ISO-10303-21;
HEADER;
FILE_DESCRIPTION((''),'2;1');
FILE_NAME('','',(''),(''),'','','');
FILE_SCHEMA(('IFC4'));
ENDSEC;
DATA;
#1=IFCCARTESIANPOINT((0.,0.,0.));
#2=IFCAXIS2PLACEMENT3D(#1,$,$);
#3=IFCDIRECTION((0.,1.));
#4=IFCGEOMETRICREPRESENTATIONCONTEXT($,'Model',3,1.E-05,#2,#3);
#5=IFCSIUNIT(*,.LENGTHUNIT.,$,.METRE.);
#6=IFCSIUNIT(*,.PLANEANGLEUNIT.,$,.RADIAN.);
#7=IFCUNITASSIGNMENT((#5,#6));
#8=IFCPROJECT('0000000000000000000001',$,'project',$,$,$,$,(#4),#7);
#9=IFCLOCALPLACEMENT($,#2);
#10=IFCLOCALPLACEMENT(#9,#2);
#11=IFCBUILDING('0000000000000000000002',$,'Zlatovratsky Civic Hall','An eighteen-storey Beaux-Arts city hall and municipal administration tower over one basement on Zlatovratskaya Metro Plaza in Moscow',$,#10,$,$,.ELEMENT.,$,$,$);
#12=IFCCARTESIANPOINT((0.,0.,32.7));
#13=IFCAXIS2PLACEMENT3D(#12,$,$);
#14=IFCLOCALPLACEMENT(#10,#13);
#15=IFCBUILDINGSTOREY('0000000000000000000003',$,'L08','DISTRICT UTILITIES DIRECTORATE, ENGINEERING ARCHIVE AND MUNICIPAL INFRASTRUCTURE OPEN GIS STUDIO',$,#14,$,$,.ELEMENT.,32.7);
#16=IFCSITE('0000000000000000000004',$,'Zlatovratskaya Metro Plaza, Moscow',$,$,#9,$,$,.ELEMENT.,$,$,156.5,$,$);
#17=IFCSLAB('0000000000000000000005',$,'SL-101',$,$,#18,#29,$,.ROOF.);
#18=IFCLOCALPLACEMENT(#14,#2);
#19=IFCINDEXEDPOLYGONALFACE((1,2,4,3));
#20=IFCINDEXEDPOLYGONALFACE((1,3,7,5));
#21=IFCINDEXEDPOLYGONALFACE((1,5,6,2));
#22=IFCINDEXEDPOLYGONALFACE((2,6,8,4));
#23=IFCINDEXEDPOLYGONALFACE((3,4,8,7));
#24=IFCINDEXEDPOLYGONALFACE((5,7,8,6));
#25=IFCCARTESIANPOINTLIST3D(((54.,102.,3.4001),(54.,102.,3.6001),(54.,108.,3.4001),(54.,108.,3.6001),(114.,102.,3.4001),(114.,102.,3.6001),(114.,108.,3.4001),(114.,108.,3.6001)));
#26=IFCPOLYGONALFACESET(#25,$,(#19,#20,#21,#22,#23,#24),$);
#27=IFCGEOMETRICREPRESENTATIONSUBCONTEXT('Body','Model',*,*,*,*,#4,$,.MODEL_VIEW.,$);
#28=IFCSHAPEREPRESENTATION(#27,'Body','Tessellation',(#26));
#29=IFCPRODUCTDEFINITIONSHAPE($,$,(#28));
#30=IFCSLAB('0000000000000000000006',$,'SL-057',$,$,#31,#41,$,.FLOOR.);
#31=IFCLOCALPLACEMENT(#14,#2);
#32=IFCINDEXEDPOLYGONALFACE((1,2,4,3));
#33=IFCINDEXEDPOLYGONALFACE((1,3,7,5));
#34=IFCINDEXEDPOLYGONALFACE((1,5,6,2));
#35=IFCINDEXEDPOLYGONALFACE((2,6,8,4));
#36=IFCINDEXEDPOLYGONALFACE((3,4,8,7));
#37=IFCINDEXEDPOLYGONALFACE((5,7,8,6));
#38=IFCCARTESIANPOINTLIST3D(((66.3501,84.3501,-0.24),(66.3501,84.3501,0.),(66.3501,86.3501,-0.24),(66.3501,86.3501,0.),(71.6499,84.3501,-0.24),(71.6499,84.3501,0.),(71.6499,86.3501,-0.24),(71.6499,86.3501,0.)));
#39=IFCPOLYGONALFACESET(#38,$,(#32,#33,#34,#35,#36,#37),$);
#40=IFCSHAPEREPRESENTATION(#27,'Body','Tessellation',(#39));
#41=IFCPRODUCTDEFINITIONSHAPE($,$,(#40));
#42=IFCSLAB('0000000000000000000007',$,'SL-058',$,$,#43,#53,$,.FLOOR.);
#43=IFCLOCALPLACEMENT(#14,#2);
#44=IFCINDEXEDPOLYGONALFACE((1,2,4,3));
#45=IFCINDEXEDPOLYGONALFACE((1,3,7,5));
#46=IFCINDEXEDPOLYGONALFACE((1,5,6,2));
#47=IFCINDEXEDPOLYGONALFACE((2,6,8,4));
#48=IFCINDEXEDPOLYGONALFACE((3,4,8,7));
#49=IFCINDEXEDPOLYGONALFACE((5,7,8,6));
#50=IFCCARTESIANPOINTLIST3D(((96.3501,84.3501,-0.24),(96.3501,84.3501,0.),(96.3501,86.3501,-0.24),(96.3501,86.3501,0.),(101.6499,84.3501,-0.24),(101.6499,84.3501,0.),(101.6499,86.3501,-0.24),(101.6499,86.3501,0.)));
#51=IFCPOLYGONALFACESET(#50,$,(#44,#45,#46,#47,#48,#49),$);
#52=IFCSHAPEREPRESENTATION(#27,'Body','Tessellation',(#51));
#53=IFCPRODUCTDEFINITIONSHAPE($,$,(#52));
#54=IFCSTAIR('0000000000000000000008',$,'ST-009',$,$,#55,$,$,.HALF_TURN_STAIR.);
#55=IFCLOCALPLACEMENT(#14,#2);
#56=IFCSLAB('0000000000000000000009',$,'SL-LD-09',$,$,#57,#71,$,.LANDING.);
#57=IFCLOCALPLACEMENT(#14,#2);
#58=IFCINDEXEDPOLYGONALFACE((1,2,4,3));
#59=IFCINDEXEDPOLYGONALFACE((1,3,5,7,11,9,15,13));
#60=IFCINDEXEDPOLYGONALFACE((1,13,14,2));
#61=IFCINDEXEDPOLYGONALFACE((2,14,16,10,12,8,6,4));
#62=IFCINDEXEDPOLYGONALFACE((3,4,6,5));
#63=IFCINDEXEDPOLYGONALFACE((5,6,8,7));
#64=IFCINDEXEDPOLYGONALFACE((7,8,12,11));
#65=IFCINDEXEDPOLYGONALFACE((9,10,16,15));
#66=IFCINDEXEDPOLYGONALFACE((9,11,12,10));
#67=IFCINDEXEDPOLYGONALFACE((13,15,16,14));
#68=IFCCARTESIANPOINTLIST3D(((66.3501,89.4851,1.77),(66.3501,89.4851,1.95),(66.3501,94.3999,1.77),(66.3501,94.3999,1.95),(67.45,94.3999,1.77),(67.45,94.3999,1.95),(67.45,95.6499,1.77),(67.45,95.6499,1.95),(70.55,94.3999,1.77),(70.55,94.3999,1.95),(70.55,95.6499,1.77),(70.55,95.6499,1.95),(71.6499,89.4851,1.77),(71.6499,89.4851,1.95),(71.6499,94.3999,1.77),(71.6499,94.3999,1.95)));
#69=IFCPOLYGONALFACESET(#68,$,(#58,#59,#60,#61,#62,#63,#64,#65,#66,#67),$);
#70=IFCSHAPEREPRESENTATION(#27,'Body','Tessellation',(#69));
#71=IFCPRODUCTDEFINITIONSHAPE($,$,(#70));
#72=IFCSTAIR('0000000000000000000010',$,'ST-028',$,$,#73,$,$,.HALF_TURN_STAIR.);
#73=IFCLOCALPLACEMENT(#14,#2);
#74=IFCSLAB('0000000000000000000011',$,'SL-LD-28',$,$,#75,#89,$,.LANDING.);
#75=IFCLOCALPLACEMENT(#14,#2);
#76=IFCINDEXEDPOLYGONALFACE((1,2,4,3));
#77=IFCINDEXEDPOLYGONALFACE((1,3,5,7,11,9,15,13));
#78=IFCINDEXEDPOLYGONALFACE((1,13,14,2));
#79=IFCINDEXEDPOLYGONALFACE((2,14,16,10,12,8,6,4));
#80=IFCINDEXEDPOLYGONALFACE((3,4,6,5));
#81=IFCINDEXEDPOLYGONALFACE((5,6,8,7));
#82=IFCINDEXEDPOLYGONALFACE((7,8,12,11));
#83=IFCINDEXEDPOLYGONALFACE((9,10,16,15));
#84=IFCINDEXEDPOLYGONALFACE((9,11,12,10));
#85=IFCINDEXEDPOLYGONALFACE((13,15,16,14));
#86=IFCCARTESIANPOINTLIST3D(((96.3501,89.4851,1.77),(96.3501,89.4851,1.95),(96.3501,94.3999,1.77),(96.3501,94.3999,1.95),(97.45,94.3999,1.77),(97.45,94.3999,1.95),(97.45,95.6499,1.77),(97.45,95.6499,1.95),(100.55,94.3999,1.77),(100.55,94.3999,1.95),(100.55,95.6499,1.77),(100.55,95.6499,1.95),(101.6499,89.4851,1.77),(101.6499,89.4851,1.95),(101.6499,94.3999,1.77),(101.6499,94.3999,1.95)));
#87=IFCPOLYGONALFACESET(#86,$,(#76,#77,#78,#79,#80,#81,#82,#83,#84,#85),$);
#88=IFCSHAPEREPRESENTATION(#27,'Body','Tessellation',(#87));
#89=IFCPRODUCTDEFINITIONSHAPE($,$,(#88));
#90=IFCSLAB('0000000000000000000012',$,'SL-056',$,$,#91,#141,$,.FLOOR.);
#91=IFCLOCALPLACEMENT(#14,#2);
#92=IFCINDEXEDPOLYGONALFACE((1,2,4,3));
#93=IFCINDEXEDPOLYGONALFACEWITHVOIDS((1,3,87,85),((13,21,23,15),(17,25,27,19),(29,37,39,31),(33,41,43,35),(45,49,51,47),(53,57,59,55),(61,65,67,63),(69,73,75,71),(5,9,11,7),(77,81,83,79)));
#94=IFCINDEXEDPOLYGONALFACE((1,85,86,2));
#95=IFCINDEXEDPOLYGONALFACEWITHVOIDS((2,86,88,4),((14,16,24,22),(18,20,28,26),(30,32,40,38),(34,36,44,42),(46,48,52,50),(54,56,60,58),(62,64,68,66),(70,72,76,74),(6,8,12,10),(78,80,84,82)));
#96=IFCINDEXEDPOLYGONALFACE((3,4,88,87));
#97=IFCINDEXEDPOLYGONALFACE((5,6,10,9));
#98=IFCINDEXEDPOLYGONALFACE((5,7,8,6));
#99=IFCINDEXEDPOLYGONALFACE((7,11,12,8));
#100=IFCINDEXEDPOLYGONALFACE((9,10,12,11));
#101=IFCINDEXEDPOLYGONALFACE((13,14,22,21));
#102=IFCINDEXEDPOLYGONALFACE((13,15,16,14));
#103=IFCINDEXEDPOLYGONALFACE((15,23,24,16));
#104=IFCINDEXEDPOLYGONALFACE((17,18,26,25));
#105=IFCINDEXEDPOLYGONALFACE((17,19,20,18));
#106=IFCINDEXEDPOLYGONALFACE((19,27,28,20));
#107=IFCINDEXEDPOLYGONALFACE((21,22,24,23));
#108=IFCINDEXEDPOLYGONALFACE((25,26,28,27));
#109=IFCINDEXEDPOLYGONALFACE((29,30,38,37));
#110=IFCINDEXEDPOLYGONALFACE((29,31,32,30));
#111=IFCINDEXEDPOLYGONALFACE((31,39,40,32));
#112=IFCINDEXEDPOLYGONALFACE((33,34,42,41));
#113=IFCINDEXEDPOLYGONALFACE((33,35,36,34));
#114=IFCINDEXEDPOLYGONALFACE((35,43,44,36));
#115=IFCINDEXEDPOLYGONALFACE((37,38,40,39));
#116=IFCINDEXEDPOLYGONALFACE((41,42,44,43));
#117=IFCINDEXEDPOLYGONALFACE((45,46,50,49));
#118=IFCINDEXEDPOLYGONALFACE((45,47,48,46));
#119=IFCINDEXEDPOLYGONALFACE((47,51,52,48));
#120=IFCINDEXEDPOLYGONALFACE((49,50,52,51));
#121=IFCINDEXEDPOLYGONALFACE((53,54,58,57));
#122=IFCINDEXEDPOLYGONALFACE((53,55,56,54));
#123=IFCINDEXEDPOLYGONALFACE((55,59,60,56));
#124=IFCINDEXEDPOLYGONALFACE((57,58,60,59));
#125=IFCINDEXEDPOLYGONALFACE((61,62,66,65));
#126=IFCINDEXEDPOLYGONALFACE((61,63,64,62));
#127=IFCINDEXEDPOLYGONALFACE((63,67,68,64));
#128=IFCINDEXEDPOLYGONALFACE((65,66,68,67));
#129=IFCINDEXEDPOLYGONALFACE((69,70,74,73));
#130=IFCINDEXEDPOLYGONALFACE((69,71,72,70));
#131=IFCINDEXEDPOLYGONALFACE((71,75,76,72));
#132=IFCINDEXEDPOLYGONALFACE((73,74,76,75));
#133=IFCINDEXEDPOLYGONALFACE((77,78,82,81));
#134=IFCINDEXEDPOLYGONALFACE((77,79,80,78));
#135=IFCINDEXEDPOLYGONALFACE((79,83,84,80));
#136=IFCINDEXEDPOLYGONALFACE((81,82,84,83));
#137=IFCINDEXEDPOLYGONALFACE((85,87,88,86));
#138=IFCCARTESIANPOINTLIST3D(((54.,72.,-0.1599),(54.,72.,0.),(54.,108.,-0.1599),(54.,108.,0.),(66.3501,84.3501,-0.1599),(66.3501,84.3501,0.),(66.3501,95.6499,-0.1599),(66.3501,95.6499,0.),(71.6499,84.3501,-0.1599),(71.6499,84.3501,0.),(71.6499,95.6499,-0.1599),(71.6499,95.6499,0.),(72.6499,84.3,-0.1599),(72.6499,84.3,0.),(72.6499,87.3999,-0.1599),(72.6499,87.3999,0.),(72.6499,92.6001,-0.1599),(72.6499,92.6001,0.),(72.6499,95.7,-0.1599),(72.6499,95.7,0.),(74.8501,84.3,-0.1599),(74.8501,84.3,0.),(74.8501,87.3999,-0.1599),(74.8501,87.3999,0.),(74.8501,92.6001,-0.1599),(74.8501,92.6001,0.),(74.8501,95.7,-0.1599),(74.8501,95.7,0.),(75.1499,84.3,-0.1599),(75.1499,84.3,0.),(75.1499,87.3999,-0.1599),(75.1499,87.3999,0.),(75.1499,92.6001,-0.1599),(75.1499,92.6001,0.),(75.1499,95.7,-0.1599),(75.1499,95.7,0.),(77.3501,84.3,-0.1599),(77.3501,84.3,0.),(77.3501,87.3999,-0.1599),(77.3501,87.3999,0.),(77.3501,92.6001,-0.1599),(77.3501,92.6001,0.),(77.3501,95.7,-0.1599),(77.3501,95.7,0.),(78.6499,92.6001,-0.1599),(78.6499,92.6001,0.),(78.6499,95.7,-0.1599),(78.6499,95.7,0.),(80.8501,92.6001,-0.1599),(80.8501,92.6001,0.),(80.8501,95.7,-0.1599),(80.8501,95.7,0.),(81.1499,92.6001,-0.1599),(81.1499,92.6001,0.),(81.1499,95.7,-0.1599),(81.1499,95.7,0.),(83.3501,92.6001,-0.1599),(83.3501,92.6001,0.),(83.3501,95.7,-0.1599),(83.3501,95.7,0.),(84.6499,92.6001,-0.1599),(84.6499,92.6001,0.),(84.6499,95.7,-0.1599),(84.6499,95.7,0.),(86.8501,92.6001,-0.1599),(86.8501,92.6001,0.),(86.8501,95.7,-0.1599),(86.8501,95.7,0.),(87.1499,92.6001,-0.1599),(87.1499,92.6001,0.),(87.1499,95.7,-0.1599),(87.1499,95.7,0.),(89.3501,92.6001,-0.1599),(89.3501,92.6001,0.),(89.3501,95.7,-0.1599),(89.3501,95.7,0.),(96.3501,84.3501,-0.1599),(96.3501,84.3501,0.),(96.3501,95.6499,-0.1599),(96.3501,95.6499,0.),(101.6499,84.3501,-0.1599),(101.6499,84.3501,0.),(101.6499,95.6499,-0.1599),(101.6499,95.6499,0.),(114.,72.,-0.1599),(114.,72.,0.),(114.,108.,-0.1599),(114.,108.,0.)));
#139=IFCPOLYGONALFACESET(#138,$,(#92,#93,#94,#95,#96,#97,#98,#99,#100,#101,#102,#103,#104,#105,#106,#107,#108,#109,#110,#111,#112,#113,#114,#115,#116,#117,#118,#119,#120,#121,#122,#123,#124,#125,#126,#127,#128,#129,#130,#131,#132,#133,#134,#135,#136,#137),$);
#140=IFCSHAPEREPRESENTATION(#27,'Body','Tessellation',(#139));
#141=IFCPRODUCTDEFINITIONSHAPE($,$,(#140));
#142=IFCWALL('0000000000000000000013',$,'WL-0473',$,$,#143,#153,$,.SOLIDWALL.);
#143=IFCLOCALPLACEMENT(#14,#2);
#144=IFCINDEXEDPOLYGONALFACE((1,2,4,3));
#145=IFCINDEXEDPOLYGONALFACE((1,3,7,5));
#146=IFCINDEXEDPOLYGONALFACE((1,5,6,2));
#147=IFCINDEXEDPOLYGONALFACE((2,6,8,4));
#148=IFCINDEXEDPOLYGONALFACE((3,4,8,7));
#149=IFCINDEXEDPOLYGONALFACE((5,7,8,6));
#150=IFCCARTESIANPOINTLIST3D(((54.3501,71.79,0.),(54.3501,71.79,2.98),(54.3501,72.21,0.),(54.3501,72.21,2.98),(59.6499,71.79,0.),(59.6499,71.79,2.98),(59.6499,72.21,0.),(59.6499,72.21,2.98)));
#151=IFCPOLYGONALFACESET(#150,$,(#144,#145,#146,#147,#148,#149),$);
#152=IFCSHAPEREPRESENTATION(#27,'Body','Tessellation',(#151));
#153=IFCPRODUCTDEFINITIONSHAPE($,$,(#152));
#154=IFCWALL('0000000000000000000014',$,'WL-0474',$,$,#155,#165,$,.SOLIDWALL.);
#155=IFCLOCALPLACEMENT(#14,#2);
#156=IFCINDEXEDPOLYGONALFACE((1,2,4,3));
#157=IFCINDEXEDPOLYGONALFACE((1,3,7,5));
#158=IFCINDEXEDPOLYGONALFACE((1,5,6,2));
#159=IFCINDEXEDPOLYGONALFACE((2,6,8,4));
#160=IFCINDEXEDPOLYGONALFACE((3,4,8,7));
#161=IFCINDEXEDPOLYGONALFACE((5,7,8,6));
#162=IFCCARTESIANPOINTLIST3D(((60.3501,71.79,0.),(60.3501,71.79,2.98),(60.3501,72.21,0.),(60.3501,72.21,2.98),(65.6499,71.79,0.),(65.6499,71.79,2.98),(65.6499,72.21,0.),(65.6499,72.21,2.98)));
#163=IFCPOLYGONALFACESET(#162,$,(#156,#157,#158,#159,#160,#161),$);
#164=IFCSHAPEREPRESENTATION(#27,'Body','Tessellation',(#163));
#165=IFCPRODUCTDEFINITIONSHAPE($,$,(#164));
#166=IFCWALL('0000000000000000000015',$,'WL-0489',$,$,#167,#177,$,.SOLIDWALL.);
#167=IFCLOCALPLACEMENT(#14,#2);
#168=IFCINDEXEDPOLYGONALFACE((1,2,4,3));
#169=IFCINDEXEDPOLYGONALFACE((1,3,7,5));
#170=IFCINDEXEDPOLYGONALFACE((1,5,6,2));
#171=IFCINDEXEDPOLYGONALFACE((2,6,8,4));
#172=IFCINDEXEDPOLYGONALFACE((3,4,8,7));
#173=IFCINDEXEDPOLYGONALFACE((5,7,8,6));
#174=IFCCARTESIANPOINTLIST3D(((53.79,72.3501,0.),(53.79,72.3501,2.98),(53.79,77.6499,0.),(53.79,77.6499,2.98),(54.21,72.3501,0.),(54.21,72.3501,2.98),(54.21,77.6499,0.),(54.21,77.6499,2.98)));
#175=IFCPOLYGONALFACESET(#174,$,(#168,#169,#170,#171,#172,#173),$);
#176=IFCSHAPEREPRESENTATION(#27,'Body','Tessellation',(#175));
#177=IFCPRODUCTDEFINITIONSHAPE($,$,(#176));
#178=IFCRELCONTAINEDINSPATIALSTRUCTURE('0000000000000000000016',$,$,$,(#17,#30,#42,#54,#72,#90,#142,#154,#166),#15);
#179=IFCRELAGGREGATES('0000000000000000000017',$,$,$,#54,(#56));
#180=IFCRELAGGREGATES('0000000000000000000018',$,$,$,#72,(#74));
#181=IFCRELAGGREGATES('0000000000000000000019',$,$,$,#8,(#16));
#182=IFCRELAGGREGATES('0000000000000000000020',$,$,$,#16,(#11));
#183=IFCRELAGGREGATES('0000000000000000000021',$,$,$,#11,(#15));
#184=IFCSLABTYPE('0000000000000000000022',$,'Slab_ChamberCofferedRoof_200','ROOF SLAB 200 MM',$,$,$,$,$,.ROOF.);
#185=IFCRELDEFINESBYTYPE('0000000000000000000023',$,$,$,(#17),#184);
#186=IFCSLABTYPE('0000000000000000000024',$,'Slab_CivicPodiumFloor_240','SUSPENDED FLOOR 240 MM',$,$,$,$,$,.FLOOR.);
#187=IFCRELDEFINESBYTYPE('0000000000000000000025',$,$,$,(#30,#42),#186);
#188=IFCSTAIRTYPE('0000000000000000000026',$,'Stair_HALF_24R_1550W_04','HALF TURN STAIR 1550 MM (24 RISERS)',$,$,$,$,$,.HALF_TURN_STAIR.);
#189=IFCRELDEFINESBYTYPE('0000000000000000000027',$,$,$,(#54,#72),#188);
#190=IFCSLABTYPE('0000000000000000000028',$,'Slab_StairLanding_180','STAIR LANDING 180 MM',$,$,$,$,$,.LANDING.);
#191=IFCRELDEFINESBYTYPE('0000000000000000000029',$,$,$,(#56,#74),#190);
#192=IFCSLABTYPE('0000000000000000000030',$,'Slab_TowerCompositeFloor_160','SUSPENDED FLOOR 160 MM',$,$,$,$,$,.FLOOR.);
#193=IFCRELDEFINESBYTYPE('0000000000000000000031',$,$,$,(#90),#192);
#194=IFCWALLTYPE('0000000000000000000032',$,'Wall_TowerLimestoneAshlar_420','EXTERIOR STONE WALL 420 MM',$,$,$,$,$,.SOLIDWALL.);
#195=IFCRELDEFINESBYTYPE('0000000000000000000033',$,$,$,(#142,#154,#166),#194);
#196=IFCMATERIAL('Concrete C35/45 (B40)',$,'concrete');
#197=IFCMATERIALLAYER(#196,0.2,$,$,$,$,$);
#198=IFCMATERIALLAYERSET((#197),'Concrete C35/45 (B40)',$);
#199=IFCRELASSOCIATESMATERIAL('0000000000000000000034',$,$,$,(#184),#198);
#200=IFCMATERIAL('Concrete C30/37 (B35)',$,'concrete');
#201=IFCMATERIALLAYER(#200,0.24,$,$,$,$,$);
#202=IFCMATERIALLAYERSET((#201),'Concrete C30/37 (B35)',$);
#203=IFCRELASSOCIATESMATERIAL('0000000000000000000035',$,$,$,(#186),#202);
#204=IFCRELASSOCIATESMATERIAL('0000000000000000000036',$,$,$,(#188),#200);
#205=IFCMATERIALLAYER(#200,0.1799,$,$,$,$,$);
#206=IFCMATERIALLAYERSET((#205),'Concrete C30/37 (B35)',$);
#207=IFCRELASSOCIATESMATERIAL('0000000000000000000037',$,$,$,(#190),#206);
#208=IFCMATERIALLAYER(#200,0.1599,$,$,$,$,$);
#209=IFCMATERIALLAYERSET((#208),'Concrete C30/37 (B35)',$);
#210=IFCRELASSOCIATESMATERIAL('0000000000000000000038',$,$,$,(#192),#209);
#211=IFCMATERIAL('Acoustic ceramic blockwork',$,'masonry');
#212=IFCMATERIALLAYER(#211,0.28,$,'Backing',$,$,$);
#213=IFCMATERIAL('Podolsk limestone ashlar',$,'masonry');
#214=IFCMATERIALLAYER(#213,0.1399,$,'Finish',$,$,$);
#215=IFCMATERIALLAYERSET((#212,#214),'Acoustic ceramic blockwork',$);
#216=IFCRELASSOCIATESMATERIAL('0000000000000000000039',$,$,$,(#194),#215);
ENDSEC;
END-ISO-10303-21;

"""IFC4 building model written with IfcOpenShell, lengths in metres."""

from ifc_helpers import new_model, si_unit, direction, frame, frame_2d, origin, place, context, subcontext, project, spatial, polyline, rectangle, outline, extrude, material, layer, layer_set, type_object, element, aggregate, save


model = new_model("IFC4")

# Units and contexts
model_context = context("Model", 3, precision=1e-05, world=origin(), true_north=direction((0.0, 1.0)))
body_context = subcontext(model_context, "Body", "Model", "MODEL_VIEW")
ifc_project = project(units=[si_unit("LENGTHUNIT", "METRE"), si_unit("PLANEANGLEUNIT", "RADIAN")], contexts=[model_context])

# Site, building, storey
site_placement = place(None, origin())
site = spatial("IfcSite", under=ifc_project, at=site_placement, Name="Zlatovratskaya Metro Plaza, Moscow", CompositionType="ELEMENT", RefElevation=156.5)
building_placement = place(site_placement, origin())
building = spatial("IfcBuilding", under=site, at=building_placement, Name="Zlatovratsky Civic Hall", Description="An eighteen-storey Beaux-Arts city hall and municipal administration tower over one basement on Zlatovratskaya Metro Plaza in Moscow", CompositionType="ELEMENT")
storey_placement = place(building_placement, frame((0.0, 0.0, 32.7)))
storey = spatial("IfcBuildingStorey", under=building, at=storey_placement, Name="L08", Description="DISTRICT UTILITIES DIRECTORATE, ENGINEERING ARCHIVE AND MUNICIPAL INFRASTRUCTURE OPEN GIS STUDIO", CompositionType="ELEMENT", Elevation=32.7)

# Shared definitions
ifc_material_1 = material(Name="Concrete C35/45 (B40)", Category="concrete")

# Slabs
ifc_layer_1 = layer(ifc_material_1, 0.2)
ifc_layer_set_1 = layer_set([ifc_layer_1], Name="Concrete C35/45 (B40)")
slab_type_1 = type_object("IfcSlabType", Name="Slab_ChamberCofferedRoof_200", Description="ROOF SLAB 200 MM", PredefinedType="ROOF", material=ifc_layer_set_1)
slab_1_placement = place(storey_placement, frame((0.0, 0.0, 3.4001)))
element("IfcSlab", 1, at=slab_1_placement, inside=storey, type_object=slab_type_1, Name="SL-101", PredefinedType="ROOF", context=body_context, shape_type="SweptSolid", body=[
    extrude(outline(polyline([(54.0, 102.0), (114.0, 102.0), (114.0, 108.0), (54.0, 108.0), (54.0, 102.0)])), origin(), (0.0, 0.0, 1.0), 0.2),
])
ifc_material_2 = material(Name="Concrete C30/37 (B35)", Category="concrete")
ifc_layer_2 = layer(ifc_material_2, 0.24)
ifc_layer_set_2 = layer_set([ifc_layer_2], Name="Concrete C30/37 (B35)")
slab_type_2 = type_object("IfcSlabType", Name="Slab_CivicPodiumFloor_240", Description="SUSPENDED FLOOR 240 MM", PredefinedType="FLOOR", material=ifc_layer_set_2)
slab_2_placement = place(storey_placement, frame((0.0, 0.0, -0.24)))
element("IfcSlab", 2, at=slab_2_placement, inside=storey, type_object=slab_type_2, Name="SL-057", PredefinedType="FLOOR", context=body_context, shape_type="SweptSolid", body=[
    extrude(outline(polyline([(66.3501, 84.3501), (71.6499, 84.3501), (71.6499, 86.3501), (66.3501, 86.3501), (66.3501, 84.3501)])), origin(), (0.0, 0.0, 1.0), 0.24),
])
slab_3_placement = place(storey_placement, frame((0.0, 0.0, -0.24)))
element("IfcSlab", 3, at=slab_3_placement, inside=storey, type_object=slab_type_2, Name="SL-058", PredefinedType="FLOOR", context=body_context, shape_type="SweptSolid", body=[
    extrude(outline(polyline([(96.3501, 84.3501), (101.6499, 84.3501), (101.6499, 86.3501), (96.3501, 86.3501), (96.3501, 84.3501)])), origin(), (0.0, 0.0, 1.0), 0.24),
])

# Stairs, slabs
stair_type = type_object("IfcStairType", Name="Stair_HALF_24R_1550W_04", Description="HALF TURN STAIR 1550 MM (24 RISERS)", PredefinedType="HALF_TURN_STAIR", material=ifc_material_2)
stair_1_placement = place(storey_placement, origin())
stair_1 = element("IfcStair", 4, at=stair_1_placement, inside=storey, type_object=stair_type, Name="ST-009", PredefinedType="HALF_TURN_STAIR")
ifc_layer_3 = layer(ifc_material_2, 0.1799)
ifc_layer_set_3 = layer_set([ifc_layer_3], Name="Concrete C30/37 (B35)")
slab_type_3 = type_object("IfcSlabType", Name="Slab_StairLanding_180", Description="STAIR LANDING 180 MM", PredefinedType="LANDING", material=ifc_layer_set_3)
slab_4_placement = place(storey_placement, frame((0.0, 0.0, 1.77)))
slab_4 = element("IfcSlab", 5, at=slab_4_placement, type_object=slab_type_3, Name="SL-LD-09", PredefinedType="LANDING", context=body_context, shape_type="SweptSolid", body=[
    extrude(outline(polyline([(66.3501, 89.4851), (71.6499, 89.4851), (71.6499, 94.3999), (70.55, 94.3999), (70.55, 95.6499), (67.45, 95.6499), (67.45, 94.3999), (66.3501, 94.3999), (66.3501, 89.4851)])), origin(), (0.0, 0.0, 1.0), 0.1799),
])
aggregate(stair_1, [slab_4])
stair_2_placement = place(storey_placement, origin())
stair_2 = element("IfcStair", 6, at=stair_2_placement, inside=storey, type_object=stair_type, Name="ST-028", PredefinedType="HALF_TURN_STAIR")
slab_5_placement = place(storey_placement, frame((0.0, 0.0, 1.77)))
slab_5 = element("IfcSlab", 7, at=slab_5_placement, type_object=slab_type_3, Name="SL-LD-28", PredefinedType="LANDING", context=body_context, shape_type="SweptSolid", body=[
    extrude(outline(polyline([(96.3501, 89.4851), (101.6499, 89.4851), (101.6499, 94.3999), (100.55, 94.3999), (100.55, 95.6499), (97.45, 95.6499), (97.45, 94.3999), (96.3501, 94.3999), (96.3501, 89.4851)])), origin(), (0.0, 0.0, 1.0), 0.1799),
])
aggregate(stair_2, [slab_5])

# Slab
ifc_layer_4 = layer(ifc_material_2, 0.1599)
ifc_layer_set_4 = layer_set([ifc_layer_4], Name="Concrete C30/37 (B35)")
slab_type_4 = type_object("IfcSlabType", Name="Slab_TowerCompositeFloor_160", Description="SUSPENDED FLOOR 160 MM", PredefinedType="FLOOR", material=ifc_layer_set_4)
slab_6_placement = place(storey_placement, frame((0.0, 0.0, -0.1599)))
element("IfcSlab", 8, at=slab_6_placement, inside=storey, type_object=slab_type_4, Name="SL-056", PredefinedType="FLOOR", context=body_context, shape_type="SweptSolid", body=[
    extrude(outline(polyline([(54.0, 72.0), (114.0, 72.0), (114.0, 108.0), (54.0, 108.0), (54.0, 72.0)]), holes=[polyline([(66.3501, 84.3501), (71.6499, 84.3501), (71.6499, 95.6499), (66.3501, 95.6499), (66.3501, 84.3501)]), polyline([(96.3501, 84.3501), (101.6499, 84.3501), (101.6499, 95.6499), (96.3501, 95.6499), (96.3501, 84.3501)]), polyline([(72.6499, 84.3), (74.8501, 84.3), (74.8501, 87.3999), (72.6499, 87.3999), (72.6499, 84.3)]), polyline([(75.1499, 84.3), (77.3501, 84.3), (77.3501, 87.3999), (75.1499, 87.3999), (75.1499, 84.3)]), polyline([(72.6499, 92.6001), (74.8501, 92.6001), (74.8501, 95.7), (72.6499, 95.7), (72.6499, 92.6001)]), polyline([(75.1499, 92.6001), (77.3501, 92.6001), (77.3501, 95.7), (75.1499, 95.7), (75.1499, 92.6001)]), polyline([(78.6499, 92.6001), (80.8501, 92.6001), (80.8501, 95.7), (78.6499, 95.7), (78.6499, 92.6001)]), polyline([(81.1499, 92.6001), (83.3501, 92.6001), (83.3501, 95.7), (81.1499, 95.7), (81.1499, 92.6001)]), polyline([(84.6499, 92.6001), (86.8501, 92.6001), (86.8501, 95.7), (84.6499, 95.7), (84.6499, 92.6001)]), polyline([(87.1499, 92.6001), (89.3501, 92.6001), (89.3501, 95.7), (87.1499, 95.7), (87.1499, 92.6001)])]), origin(), (0.0, 0.0, 1.0), 0.1599),
])

# Walls
ifc_material_3 = material(Name="Acoustic ceramic blockwork", Category="masonry")
ifc_layer_5 = layer(ifc_material_3, 0.28, Name="Backing")
ifc_material_4 = material(Name="Podolsk limestone ashlar", Category="masonry")
ifc_layer_6 = layer(ifc_material_4, 0.1399, Name="Finish")
ifc_layer_set_5 = layer_set([ifc_layer_5, ifc_layer_6], Name="Acoustic ceramic blockwork")
wall_type = type_object("IfcWallType", Name="Wall_TowerLimestoneAshlar_420", Description="EXTERIOR STONE WALL 420 MM", PredefinedType="SOLIDWALL", material=ifc_layer_set_5)
for number, where, z_axis, x_axis, name in (
    (9, (54.3501, 72.0, 0.0), (0.0, 0.0, 1.0), (1.0, 0.0, 0.0), "WL-0473"),
    (10, (60.3501, 72.0, 0.0), (0.0, 0.0, 1.0), (1.0, 0.0, 0.0), "WL-0474"),
    (11, (54.0, 72.3501, 0.0), (0.0, 0.0, 1.0), (0.0, 1.0, 0.0), "WL-0489"),
):
    element("IfcWall", number, at=place(storey_placement, frame(where, z_axis=z_axis, x_axis=x_axis)), inside=storey, type_object=wall_type, Name=name, PredefinedType="SOLIDWALL", context=body_context, shape_type="SweptSolid", body=[
        extrude(rectangle(XDim=5.2998, YDim=0.4199, at=frame_2d((2.6499, 0.0))), origin(), (0.0, 0.0, 1.0), 2.98),
    ])

save(model, "model.ifc")
